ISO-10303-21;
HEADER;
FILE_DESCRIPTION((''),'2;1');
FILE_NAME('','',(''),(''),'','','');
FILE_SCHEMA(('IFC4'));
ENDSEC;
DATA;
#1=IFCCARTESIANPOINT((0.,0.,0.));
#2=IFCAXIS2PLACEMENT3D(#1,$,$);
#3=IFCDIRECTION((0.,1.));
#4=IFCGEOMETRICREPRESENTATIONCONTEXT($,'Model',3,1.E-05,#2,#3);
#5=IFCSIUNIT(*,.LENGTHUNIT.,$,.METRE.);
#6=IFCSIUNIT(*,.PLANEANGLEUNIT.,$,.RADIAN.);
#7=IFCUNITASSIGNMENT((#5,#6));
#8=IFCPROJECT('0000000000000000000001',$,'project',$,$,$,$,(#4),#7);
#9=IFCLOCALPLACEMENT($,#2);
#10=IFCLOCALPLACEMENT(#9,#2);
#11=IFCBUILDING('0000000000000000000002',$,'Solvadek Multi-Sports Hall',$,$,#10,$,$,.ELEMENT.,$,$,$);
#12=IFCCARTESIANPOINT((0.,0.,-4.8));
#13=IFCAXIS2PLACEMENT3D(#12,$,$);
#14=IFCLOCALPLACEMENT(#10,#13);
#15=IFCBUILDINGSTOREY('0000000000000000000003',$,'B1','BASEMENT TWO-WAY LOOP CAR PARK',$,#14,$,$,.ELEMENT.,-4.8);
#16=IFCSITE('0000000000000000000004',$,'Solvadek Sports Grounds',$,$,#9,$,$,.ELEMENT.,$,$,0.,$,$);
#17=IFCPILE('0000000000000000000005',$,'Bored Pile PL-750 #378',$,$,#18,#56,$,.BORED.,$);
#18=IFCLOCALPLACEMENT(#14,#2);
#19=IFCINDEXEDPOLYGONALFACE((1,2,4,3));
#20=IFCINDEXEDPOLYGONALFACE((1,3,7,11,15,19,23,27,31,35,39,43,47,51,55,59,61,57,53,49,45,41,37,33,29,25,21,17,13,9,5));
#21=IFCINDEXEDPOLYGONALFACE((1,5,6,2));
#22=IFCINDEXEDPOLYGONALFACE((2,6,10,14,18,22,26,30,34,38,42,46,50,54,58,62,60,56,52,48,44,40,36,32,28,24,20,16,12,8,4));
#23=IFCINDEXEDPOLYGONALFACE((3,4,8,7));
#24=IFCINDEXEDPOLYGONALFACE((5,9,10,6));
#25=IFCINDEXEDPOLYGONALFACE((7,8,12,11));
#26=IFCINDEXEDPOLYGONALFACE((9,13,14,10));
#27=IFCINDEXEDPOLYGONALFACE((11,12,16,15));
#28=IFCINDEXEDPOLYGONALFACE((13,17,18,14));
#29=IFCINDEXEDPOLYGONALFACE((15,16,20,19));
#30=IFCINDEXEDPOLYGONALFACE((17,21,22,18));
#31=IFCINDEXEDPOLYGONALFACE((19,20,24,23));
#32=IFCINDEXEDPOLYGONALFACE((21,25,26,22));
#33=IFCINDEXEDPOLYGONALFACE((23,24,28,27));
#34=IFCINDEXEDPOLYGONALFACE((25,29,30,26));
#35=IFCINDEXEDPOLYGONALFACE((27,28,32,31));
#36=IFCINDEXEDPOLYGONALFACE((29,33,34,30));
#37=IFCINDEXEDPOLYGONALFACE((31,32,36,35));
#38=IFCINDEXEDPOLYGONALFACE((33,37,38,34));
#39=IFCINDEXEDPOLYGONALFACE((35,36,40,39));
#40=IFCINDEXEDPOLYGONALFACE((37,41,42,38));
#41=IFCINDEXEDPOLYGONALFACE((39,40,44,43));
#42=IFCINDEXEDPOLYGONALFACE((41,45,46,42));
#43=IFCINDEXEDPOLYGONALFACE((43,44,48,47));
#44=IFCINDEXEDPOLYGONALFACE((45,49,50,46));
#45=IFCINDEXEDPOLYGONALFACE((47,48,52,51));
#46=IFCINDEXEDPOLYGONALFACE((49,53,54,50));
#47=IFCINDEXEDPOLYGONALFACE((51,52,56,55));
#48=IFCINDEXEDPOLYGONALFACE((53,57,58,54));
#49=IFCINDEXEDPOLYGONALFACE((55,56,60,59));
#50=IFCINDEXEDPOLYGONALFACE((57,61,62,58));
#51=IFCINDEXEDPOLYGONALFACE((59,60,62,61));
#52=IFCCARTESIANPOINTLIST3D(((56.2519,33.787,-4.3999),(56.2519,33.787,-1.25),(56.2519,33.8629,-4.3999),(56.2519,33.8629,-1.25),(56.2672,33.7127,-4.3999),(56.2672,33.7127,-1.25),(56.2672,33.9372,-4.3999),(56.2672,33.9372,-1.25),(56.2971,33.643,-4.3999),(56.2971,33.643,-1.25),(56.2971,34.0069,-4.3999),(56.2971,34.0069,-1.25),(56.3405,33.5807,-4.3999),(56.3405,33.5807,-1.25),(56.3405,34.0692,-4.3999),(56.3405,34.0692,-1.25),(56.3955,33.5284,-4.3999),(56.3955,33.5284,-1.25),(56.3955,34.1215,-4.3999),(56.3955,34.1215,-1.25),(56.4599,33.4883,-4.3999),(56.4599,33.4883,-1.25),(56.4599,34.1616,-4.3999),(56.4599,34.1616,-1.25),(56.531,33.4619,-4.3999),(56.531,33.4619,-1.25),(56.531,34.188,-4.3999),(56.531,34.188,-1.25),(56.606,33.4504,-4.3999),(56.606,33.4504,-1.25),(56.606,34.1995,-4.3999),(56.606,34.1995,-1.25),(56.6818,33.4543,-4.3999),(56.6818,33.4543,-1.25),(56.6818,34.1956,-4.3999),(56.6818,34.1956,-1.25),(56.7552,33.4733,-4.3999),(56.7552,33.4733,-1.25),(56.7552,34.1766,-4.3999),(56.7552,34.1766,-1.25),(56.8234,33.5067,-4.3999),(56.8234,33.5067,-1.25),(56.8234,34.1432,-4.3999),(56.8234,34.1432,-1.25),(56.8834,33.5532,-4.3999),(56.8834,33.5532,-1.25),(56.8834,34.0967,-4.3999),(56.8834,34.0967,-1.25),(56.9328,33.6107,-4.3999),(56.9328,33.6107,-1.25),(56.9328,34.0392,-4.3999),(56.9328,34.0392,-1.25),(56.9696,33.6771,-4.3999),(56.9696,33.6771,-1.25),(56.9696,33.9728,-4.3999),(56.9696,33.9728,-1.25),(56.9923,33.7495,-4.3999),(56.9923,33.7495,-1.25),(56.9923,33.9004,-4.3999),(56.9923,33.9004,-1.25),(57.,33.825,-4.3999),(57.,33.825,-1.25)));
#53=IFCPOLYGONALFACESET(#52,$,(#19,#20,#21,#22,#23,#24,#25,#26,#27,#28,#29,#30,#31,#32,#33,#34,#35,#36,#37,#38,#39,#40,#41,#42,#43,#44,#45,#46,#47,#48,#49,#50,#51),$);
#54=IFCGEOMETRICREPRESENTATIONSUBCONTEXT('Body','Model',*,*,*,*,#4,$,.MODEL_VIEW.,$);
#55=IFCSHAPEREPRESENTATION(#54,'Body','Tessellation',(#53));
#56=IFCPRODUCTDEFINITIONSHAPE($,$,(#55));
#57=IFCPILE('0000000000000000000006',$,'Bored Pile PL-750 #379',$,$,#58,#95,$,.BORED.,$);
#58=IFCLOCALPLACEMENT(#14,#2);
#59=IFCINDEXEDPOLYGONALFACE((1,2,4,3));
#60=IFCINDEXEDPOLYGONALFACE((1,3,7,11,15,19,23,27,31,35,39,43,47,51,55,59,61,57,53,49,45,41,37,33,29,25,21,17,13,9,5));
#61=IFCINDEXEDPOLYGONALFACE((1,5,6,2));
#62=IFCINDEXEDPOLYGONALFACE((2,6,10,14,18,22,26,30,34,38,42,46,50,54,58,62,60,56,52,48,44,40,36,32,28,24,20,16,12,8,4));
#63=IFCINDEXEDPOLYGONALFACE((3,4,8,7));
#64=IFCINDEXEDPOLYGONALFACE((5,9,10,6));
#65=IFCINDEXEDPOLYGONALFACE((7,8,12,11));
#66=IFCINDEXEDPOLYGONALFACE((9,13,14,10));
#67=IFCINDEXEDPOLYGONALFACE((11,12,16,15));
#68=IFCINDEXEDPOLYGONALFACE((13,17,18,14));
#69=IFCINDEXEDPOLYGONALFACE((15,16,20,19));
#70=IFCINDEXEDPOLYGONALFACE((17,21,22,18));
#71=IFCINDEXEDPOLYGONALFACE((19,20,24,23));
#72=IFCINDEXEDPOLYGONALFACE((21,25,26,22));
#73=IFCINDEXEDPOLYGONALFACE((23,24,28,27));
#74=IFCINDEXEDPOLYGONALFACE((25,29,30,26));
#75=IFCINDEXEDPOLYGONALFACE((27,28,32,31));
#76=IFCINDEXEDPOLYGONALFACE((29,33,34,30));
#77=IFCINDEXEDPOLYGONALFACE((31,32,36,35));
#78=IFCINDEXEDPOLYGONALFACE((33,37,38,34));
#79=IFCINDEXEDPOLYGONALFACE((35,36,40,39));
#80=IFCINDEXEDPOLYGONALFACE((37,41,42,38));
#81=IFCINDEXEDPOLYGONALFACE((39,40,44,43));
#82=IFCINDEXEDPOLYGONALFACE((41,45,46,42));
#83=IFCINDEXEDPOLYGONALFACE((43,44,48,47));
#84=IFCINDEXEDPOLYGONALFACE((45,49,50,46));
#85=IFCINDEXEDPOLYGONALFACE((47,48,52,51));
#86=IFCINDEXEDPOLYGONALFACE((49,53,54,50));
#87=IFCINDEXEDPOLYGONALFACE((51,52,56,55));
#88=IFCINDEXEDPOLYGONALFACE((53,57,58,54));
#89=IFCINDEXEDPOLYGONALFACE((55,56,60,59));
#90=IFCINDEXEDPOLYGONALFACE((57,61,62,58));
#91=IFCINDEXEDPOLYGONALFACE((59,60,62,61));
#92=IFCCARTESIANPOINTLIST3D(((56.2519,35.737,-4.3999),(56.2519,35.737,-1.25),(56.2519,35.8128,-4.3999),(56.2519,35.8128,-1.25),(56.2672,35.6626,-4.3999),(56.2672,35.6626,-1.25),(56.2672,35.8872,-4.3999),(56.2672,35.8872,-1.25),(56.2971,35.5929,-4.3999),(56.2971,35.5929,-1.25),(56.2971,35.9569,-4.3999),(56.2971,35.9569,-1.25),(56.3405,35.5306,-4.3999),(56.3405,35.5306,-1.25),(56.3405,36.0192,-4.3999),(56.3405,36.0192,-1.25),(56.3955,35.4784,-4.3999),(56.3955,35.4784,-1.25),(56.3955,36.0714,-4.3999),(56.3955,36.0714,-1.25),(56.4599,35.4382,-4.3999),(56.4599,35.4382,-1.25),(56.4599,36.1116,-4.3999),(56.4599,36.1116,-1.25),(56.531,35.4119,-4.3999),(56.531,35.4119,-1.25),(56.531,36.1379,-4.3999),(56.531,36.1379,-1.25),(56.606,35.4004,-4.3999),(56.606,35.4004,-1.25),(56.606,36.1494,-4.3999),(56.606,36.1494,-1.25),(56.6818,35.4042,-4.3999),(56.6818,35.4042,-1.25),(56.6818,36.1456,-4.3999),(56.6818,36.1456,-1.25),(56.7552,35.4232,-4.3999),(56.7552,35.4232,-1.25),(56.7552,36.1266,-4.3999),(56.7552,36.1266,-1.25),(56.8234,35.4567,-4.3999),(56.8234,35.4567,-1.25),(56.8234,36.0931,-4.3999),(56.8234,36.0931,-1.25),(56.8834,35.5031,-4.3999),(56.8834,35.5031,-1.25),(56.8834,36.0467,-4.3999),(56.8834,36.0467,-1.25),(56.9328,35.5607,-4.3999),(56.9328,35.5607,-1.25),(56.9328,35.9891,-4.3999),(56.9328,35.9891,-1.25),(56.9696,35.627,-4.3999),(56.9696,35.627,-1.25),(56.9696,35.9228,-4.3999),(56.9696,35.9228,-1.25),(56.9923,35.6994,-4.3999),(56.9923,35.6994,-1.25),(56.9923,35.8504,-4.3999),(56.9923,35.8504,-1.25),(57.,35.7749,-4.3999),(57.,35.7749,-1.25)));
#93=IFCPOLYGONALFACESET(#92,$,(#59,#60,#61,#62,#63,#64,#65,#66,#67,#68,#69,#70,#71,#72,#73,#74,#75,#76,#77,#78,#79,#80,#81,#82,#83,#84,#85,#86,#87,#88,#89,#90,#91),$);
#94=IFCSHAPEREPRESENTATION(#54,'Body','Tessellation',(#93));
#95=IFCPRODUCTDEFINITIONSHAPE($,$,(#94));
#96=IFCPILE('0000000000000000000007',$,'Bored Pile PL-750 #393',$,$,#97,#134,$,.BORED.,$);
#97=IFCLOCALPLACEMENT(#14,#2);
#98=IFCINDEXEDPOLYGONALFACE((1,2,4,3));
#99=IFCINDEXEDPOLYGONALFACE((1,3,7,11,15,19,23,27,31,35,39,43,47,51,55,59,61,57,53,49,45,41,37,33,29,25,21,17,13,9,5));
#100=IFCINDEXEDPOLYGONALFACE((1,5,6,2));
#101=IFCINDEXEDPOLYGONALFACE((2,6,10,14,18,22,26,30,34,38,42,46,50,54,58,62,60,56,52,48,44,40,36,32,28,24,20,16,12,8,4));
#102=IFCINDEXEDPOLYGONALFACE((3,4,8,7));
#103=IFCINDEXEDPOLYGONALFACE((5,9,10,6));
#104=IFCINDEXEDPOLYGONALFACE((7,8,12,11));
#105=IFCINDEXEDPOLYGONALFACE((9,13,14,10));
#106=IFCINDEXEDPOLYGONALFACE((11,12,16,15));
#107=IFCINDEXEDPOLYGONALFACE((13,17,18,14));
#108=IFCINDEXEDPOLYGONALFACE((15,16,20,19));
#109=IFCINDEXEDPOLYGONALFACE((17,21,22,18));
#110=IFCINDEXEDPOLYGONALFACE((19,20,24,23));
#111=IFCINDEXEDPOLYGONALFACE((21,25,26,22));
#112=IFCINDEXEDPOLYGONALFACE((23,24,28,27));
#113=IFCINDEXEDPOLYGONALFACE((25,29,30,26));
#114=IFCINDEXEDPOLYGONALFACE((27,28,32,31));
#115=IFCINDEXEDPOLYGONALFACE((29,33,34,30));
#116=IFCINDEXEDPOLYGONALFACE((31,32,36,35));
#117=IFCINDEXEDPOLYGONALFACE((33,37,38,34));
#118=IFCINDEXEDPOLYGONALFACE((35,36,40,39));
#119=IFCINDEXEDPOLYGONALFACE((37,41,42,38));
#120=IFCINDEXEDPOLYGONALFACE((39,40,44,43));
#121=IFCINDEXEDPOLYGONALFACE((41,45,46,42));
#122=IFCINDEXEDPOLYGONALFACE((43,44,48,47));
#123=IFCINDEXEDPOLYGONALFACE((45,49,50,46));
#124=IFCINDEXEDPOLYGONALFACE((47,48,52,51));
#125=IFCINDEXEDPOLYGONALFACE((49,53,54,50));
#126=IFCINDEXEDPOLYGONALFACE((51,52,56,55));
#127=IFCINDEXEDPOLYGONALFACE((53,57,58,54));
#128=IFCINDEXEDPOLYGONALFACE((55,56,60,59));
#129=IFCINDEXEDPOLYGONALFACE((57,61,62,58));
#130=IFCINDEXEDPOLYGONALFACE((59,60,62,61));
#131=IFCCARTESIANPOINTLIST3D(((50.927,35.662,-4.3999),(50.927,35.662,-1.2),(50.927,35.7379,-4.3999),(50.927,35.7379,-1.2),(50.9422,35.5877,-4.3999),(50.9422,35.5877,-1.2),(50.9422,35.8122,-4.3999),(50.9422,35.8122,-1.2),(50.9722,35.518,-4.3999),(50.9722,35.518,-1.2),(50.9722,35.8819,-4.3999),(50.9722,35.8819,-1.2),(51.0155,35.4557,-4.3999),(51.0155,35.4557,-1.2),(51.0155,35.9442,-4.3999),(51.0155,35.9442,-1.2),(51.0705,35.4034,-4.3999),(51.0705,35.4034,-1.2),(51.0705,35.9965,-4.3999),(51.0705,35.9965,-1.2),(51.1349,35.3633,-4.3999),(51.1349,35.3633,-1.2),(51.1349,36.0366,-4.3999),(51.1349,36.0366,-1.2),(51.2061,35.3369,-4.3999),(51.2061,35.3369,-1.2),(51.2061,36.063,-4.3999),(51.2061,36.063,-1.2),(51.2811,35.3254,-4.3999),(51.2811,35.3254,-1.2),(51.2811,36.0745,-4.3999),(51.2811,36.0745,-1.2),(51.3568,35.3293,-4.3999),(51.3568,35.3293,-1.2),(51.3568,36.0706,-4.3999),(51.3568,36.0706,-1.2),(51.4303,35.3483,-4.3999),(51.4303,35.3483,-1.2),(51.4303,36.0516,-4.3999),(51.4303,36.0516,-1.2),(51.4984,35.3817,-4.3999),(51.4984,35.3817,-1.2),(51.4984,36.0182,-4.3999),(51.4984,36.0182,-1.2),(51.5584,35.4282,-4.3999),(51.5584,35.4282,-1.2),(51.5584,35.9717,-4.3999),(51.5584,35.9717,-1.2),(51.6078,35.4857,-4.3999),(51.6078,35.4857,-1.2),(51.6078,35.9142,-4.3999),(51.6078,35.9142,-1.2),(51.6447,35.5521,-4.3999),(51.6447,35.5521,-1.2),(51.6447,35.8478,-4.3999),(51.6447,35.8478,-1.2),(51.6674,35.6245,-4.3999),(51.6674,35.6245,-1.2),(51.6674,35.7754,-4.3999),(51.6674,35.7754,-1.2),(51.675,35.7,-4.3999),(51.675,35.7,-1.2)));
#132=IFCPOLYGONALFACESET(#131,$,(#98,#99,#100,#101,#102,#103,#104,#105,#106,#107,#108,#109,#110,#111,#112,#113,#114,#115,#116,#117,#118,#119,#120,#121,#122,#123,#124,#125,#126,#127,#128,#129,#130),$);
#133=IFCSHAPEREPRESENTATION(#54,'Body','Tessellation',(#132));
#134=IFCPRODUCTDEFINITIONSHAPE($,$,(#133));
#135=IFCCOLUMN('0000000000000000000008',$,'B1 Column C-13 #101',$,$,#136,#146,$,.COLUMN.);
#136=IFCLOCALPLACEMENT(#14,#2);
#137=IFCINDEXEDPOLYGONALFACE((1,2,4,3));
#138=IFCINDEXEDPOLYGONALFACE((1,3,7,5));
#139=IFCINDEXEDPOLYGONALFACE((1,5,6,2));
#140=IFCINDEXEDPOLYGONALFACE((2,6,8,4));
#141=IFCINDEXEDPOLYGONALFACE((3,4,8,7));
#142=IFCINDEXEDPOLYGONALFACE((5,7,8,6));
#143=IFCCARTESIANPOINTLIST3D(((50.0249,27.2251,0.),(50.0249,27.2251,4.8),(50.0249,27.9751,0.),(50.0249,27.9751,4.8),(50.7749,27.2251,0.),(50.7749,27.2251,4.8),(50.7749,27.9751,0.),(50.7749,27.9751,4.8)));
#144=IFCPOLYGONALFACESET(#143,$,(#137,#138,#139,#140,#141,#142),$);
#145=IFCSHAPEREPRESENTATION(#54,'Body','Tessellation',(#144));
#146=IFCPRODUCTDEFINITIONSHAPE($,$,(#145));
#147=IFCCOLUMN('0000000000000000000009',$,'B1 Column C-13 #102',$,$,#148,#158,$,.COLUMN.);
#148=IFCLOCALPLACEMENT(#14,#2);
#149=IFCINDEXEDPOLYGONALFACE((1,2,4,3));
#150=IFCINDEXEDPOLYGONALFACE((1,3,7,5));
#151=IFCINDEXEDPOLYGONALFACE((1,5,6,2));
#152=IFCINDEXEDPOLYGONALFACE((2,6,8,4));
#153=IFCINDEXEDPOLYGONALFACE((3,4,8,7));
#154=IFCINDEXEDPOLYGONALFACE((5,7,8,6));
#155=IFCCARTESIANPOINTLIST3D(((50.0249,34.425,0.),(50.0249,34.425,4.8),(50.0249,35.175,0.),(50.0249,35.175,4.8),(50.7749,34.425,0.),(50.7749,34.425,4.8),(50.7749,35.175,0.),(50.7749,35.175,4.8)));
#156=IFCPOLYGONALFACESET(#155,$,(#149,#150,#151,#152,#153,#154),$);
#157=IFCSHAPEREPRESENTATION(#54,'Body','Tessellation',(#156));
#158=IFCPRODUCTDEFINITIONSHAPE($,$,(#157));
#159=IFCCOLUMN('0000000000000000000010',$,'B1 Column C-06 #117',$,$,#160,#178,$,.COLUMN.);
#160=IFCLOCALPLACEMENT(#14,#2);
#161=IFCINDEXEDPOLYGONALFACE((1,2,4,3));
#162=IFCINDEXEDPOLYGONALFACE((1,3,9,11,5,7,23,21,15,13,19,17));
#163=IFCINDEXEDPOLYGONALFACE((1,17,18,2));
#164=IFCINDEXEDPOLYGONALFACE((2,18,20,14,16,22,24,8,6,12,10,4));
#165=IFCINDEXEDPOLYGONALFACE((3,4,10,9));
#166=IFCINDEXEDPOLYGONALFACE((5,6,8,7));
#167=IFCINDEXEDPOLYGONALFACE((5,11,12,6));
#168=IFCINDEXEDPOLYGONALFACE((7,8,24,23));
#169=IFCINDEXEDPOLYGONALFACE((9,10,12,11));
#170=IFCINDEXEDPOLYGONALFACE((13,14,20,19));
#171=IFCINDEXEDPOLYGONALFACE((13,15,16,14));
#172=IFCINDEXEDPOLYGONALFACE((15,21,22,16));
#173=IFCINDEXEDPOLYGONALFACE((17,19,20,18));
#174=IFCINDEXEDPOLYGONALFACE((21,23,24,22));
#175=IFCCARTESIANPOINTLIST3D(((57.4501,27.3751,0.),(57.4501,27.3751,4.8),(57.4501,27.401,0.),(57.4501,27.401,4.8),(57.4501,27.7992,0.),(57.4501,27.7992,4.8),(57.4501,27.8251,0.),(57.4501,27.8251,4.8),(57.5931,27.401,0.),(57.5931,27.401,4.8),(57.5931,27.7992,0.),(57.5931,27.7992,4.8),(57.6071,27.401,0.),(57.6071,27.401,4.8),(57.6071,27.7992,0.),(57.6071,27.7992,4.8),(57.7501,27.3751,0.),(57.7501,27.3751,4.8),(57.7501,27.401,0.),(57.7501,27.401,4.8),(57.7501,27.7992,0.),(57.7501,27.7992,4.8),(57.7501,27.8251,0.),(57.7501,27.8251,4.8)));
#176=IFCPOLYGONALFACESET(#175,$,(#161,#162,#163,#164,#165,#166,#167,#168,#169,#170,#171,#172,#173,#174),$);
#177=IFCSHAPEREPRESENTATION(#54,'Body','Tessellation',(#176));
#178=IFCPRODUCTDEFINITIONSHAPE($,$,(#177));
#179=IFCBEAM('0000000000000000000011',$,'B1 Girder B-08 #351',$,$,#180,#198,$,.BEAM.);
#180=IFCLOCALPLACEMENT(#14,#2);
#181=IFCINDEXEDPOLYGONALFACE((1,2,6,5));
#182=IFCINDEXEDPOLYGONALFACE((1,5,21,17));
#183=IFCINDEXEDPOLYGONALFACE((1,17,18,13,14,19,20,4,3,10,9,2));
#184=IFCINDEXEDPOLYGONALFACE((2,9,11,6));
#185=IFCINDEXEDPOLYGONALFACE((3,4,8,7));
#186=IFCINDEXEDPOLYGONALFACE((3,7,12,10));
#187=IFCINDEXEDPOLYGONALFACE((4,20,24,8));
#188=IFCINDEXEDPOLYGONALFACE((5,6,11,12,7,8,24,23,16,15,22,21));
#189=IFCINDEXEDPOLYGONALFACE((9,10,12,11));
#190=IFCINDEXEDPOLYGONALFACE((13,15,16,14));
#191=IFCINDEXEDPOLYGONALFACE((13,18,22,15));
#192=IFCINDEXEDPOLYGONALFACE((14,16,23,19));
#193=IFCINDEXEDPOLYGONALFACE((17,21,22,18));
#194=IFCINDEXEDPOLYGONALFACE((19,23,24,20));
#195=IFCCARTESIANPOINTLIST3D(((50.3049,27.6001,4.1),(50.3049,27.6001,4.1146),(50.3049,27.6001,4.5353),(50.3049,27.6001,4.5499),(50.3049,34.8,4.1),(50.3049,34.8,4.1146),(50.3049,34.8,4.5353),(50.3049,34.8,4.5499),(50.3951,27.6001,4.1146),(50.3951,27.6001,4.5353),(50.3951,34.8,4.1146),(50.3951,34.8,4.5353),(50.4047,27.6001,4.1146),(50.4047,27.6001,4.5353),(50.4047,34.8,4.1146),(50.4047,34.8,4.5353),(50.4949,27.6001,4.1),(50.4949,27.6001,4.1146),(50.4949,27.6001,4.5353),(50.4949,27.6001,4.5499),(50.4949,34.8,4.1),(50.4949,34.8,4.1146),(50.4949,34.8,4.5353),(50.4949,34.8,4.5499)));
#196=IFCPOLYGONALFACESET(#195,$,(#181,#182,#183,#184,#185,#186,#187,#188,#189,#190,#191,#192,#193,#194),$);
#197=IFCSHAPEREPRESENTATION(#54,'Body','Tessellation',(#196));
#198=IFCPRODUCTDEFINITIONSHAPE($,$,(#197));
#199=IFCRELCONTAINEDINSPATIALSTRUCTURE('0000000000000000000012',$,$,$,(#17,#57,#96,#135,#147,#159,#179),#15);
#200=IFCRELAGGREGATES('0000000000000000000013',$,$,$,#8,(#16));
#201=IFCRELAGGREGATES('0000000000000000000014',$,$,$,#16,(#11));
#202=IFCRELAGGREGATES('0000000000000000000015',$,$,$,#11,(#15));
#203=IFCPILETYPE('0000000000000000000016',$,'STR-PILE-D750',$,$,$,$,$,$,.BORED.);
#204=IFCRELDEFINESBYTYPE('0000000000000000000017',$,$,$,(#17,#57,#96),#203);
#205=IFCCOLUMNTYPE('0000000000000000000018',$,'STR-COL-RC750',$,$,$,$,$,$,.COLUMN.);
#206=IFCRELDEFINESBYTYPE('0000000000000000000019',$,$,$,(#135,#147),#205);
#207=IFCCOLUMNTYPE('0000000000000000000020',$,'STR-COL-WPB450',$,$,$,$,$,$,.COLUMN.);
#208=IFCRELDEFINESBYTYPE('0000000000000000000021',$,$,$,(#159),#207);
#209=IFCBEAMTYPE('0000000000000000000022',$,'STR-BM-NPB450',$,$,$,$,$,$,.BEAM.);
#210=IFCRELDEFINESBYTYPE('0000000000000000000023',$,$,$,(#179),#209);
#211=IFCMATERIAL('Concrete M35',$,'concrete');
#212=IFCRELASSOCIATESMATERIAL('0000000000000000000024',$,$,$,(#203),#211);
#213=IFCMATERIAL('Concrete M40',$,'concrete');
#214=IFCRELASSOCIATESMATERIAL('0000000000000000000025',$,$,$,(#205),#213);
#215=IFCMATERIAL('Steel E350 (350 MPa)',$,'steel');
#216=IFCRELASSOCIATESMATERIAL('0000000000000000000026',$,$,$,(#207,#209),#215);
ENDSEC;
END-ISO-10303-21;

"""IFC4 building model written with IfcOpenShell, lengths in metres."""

from ifc_helpers import new_model, si_unit, direction, frame, origin, origin_2d, place, context, subcontext, project, spatial, rectangle, circle, i_section, extrude, material, material_profile, profile_set, type_object, element, save


model = new_model("IFC4")

# Units and contexts
model_context = context("Model", 3, precision=1e-05, world=origin(), true_north=direction((0.0, 1.0)))
body_context = subcontext(model_context, "Body", "Model", "MODEL_VIEW")
ifc_project = project(units=[si_unit("LENGTHUNIT", "METRE"), si_unit("PLANEANGLEUNIT", "RADIAN")], contexts=[model_context])

# Site, building, storey
site_placement = place(None, origin())
site = spatial("IfcSite", under=ifc_project, at=site_placement, Name="Solvadek Sports Grounds", CompositionType="ELEMENT", RefElevation=0.0)
building_placement = place(site_placement, origin())
building = spatial("IfcBuilding", under=site, at=building_placement, Name="Solvadek Multi-Sports Hall", CompositionType="ELEMENT")
storey_placement = place(building_placement, frame((0.0, 0.0, -4.8)))
storey = spatial("IfcBuildingStorey", under=building, at=storey_placement, Name="B1", Description="BASEMENT TWO-WAY LOOP CAR PARK", CompositionType="ELEMENT", Elevation=-4.8)

# Shared definitions
ifc_material_1 = material(Name="Concrete M40", Category="concrete")

# Piles
ifc_material_2 = material(Name="Concrete M35", Category="concrete")
ifc_material_profile_1 = material_profile(ifc_material_2, circle(Radius=0.375, at=origin_2d()), Name="BORED PILE D750")
ifc_profile_set_1 = profile_set([ifc_material_profile_1], Name="Concrete M35")
pile_type_1 = type_object("IfcPileType", Name="STR-PILE-D750", PredefinedType="BORED", material=ifc_profile_set_1)
for number, where, z_axis, x_axis, name in (
    (1, (56.625, 33.825, -1.25), (0.0, 0.0, -1.0), (1.0, 0.0, 0.0), "Bored Pile PL-750 #378"),
    (2, (56.625, 35.7749, -1.25), (0.0, 0.0, -1.0), (1.0, 0.0, 0.0), "Bored Pile PL-750 #379"),
):
    element("IfcPile", number, at=place(storey_placement, frame(where, z_axis=z_axis, x_axis=x_axis)), inside=storey, type_object=pile_type_1, Name=name, PredefinedType="BORED", context=body_context, shape_type="SweptSolid", body=[
        extrude(circle(Radius=0.375, at=origin_2d()), origin(), (0.0, 0.0, 1.0), 3.1499),
    ])
pile_1_placement = place(storey_placement, frame((51.3, 35.7, -1.2), z_axis=(0.0, 0.0, -1.0), x_axis=(1.0, 0.0, 0.0)))
element("IfcPile", 3, at=pile_1_placement, inside=storey, type_object=pile_type_1, Name="Bored Pile PL-750 #393", PredefinedType="BORED", context=body_context, shape_type="SweptSolid", body=[
    extrude(circle(Radius=0.375, at=origin_2d()), origin(), (0.0, 0.0, 1.0), 3.2),
])

# Columns
ifc_material_profile_2 = material_profile(ifc_material_1, rectangle(XDim=0.75, YDim=0.75, at=origin_2d()), Name="RC 750x750")
ifc_profile_set_2 = profile_set([ifc_material_profile_2], Name="Concrete M40")
column_type_1 = type_object("IfcColumnType", Name="STR-COL-RC750", PredefinedType="COLUMN", material=ifc_profile_set_2)
for number, where, z_axis, x_axis, name in (
    (4, (50.3999, 27.6001, 0.0), (0.0, 0.0, 1.0), (1.0, 0.0, 0.0), "B1 Column C-13 #101"),
    (5, (50.3999, 34.8, 0.0), (0.0, 0.0, 1.0), (1.0, 0.0, 0.0), "B1 Column C-13 #102"),
):
    element("IfcColumn", number, at=place(storey_placement, frame(where, z_axis=z_axis, x_axis=x_axis)), inside=storey, type_object=column_type_1, Name=name, PredefinedType="COLUMN", context=body_context, shape_type="SweptSolid", body=[
        extrude(rectangle(XDim=0.75, YDim=0.75, at=origin_2d()), origin(), (0.0, 0.0, 1.0), 4.8),
    ])
ifc_material_3 = material(Name="Steel E350 (350 MPa)", Category="steel")
ifc_material_profile_3 = material_profile(ifc_material_3, i_section(OverallWidth=0.3, OverallDepth=0.45, WebThickness=0.0139, FlangeThickness=0.0259, at=origin_2d()), Name="WPB 450")
ifc_profile_set_3 = profile_set([ifc_material_profile_3], Name="Steel E350 (350 MPa)")
column_type_2 = type_object("IfcColumnType", Name="STR-COL-WPB450", PredefinedType="COLUMN", material=ifc_profile_set_3)
column_placement = place(storey_placement, frame((57.6001, 27.6001, 0.0), z_axis=(0.0, 0.0, 1.0), x_axis=(1.0, 0.0, 0.0)))
element("IfcColumn", 6, at=column_placement, inside=storey, type_object=column_type_2, Name="B1 Column C-06 #117", PredefinedType="COLUMN", context=body_context, shape_type="SweptSolid", body=[
    extrude(i_section(OverallWidth=0.3, OverallDepth=0.45, WebThickness=0.0139, FlangeThickness=0.0259, at=origin_2d()), origin(), (0.0, 0.0, 1.0), 4.8),
])

# Beam
ifc_material_profile_4 = material_profile(ifc_material_3, i_section(OverallWidth=0.1899, OverallDepth=0.45, WebThickness=0.0095, FlangeThickness=0.0146, at=origin_2d()), Name="NPB 450")
ifc_profile_set_4 = profile_set([ifc_material_profile_4], Name="Steel E350 (350 MPa)")
beam_type_1 = type_object("IfcBeamType", Name="STR-BM-NPB450", PredefinedType="BEAM", material=ifc_profile_set_4)
for number, where, z_axis, x_axis, name in (
    (7, (50.3999, 27.6001, 4.325), (0.0, 1.0, 0.0), (-1.0, 0.0, 0.0), "B1 Girder B-08 #351"),
):
    element("IfcBeam", number, at=place(storey_placement, frame(where, z_axis=z_axis, x_axis=x_axis)), inside=storey, type_object=beam_type_1, Name=name, PredefinedType="BEAM", context=body_context, shape_type="SweptSolid", body=[
        extrude(i_section(OverallWidth=0.1899, OverallDepth=0.45, WebThickness=0.0095, FlangeThickness=0.0146, at=origin_2d()), origin(), (0.0, 0.0, 1.0), 7.2),
    ])

save(model, "model.ifc")
